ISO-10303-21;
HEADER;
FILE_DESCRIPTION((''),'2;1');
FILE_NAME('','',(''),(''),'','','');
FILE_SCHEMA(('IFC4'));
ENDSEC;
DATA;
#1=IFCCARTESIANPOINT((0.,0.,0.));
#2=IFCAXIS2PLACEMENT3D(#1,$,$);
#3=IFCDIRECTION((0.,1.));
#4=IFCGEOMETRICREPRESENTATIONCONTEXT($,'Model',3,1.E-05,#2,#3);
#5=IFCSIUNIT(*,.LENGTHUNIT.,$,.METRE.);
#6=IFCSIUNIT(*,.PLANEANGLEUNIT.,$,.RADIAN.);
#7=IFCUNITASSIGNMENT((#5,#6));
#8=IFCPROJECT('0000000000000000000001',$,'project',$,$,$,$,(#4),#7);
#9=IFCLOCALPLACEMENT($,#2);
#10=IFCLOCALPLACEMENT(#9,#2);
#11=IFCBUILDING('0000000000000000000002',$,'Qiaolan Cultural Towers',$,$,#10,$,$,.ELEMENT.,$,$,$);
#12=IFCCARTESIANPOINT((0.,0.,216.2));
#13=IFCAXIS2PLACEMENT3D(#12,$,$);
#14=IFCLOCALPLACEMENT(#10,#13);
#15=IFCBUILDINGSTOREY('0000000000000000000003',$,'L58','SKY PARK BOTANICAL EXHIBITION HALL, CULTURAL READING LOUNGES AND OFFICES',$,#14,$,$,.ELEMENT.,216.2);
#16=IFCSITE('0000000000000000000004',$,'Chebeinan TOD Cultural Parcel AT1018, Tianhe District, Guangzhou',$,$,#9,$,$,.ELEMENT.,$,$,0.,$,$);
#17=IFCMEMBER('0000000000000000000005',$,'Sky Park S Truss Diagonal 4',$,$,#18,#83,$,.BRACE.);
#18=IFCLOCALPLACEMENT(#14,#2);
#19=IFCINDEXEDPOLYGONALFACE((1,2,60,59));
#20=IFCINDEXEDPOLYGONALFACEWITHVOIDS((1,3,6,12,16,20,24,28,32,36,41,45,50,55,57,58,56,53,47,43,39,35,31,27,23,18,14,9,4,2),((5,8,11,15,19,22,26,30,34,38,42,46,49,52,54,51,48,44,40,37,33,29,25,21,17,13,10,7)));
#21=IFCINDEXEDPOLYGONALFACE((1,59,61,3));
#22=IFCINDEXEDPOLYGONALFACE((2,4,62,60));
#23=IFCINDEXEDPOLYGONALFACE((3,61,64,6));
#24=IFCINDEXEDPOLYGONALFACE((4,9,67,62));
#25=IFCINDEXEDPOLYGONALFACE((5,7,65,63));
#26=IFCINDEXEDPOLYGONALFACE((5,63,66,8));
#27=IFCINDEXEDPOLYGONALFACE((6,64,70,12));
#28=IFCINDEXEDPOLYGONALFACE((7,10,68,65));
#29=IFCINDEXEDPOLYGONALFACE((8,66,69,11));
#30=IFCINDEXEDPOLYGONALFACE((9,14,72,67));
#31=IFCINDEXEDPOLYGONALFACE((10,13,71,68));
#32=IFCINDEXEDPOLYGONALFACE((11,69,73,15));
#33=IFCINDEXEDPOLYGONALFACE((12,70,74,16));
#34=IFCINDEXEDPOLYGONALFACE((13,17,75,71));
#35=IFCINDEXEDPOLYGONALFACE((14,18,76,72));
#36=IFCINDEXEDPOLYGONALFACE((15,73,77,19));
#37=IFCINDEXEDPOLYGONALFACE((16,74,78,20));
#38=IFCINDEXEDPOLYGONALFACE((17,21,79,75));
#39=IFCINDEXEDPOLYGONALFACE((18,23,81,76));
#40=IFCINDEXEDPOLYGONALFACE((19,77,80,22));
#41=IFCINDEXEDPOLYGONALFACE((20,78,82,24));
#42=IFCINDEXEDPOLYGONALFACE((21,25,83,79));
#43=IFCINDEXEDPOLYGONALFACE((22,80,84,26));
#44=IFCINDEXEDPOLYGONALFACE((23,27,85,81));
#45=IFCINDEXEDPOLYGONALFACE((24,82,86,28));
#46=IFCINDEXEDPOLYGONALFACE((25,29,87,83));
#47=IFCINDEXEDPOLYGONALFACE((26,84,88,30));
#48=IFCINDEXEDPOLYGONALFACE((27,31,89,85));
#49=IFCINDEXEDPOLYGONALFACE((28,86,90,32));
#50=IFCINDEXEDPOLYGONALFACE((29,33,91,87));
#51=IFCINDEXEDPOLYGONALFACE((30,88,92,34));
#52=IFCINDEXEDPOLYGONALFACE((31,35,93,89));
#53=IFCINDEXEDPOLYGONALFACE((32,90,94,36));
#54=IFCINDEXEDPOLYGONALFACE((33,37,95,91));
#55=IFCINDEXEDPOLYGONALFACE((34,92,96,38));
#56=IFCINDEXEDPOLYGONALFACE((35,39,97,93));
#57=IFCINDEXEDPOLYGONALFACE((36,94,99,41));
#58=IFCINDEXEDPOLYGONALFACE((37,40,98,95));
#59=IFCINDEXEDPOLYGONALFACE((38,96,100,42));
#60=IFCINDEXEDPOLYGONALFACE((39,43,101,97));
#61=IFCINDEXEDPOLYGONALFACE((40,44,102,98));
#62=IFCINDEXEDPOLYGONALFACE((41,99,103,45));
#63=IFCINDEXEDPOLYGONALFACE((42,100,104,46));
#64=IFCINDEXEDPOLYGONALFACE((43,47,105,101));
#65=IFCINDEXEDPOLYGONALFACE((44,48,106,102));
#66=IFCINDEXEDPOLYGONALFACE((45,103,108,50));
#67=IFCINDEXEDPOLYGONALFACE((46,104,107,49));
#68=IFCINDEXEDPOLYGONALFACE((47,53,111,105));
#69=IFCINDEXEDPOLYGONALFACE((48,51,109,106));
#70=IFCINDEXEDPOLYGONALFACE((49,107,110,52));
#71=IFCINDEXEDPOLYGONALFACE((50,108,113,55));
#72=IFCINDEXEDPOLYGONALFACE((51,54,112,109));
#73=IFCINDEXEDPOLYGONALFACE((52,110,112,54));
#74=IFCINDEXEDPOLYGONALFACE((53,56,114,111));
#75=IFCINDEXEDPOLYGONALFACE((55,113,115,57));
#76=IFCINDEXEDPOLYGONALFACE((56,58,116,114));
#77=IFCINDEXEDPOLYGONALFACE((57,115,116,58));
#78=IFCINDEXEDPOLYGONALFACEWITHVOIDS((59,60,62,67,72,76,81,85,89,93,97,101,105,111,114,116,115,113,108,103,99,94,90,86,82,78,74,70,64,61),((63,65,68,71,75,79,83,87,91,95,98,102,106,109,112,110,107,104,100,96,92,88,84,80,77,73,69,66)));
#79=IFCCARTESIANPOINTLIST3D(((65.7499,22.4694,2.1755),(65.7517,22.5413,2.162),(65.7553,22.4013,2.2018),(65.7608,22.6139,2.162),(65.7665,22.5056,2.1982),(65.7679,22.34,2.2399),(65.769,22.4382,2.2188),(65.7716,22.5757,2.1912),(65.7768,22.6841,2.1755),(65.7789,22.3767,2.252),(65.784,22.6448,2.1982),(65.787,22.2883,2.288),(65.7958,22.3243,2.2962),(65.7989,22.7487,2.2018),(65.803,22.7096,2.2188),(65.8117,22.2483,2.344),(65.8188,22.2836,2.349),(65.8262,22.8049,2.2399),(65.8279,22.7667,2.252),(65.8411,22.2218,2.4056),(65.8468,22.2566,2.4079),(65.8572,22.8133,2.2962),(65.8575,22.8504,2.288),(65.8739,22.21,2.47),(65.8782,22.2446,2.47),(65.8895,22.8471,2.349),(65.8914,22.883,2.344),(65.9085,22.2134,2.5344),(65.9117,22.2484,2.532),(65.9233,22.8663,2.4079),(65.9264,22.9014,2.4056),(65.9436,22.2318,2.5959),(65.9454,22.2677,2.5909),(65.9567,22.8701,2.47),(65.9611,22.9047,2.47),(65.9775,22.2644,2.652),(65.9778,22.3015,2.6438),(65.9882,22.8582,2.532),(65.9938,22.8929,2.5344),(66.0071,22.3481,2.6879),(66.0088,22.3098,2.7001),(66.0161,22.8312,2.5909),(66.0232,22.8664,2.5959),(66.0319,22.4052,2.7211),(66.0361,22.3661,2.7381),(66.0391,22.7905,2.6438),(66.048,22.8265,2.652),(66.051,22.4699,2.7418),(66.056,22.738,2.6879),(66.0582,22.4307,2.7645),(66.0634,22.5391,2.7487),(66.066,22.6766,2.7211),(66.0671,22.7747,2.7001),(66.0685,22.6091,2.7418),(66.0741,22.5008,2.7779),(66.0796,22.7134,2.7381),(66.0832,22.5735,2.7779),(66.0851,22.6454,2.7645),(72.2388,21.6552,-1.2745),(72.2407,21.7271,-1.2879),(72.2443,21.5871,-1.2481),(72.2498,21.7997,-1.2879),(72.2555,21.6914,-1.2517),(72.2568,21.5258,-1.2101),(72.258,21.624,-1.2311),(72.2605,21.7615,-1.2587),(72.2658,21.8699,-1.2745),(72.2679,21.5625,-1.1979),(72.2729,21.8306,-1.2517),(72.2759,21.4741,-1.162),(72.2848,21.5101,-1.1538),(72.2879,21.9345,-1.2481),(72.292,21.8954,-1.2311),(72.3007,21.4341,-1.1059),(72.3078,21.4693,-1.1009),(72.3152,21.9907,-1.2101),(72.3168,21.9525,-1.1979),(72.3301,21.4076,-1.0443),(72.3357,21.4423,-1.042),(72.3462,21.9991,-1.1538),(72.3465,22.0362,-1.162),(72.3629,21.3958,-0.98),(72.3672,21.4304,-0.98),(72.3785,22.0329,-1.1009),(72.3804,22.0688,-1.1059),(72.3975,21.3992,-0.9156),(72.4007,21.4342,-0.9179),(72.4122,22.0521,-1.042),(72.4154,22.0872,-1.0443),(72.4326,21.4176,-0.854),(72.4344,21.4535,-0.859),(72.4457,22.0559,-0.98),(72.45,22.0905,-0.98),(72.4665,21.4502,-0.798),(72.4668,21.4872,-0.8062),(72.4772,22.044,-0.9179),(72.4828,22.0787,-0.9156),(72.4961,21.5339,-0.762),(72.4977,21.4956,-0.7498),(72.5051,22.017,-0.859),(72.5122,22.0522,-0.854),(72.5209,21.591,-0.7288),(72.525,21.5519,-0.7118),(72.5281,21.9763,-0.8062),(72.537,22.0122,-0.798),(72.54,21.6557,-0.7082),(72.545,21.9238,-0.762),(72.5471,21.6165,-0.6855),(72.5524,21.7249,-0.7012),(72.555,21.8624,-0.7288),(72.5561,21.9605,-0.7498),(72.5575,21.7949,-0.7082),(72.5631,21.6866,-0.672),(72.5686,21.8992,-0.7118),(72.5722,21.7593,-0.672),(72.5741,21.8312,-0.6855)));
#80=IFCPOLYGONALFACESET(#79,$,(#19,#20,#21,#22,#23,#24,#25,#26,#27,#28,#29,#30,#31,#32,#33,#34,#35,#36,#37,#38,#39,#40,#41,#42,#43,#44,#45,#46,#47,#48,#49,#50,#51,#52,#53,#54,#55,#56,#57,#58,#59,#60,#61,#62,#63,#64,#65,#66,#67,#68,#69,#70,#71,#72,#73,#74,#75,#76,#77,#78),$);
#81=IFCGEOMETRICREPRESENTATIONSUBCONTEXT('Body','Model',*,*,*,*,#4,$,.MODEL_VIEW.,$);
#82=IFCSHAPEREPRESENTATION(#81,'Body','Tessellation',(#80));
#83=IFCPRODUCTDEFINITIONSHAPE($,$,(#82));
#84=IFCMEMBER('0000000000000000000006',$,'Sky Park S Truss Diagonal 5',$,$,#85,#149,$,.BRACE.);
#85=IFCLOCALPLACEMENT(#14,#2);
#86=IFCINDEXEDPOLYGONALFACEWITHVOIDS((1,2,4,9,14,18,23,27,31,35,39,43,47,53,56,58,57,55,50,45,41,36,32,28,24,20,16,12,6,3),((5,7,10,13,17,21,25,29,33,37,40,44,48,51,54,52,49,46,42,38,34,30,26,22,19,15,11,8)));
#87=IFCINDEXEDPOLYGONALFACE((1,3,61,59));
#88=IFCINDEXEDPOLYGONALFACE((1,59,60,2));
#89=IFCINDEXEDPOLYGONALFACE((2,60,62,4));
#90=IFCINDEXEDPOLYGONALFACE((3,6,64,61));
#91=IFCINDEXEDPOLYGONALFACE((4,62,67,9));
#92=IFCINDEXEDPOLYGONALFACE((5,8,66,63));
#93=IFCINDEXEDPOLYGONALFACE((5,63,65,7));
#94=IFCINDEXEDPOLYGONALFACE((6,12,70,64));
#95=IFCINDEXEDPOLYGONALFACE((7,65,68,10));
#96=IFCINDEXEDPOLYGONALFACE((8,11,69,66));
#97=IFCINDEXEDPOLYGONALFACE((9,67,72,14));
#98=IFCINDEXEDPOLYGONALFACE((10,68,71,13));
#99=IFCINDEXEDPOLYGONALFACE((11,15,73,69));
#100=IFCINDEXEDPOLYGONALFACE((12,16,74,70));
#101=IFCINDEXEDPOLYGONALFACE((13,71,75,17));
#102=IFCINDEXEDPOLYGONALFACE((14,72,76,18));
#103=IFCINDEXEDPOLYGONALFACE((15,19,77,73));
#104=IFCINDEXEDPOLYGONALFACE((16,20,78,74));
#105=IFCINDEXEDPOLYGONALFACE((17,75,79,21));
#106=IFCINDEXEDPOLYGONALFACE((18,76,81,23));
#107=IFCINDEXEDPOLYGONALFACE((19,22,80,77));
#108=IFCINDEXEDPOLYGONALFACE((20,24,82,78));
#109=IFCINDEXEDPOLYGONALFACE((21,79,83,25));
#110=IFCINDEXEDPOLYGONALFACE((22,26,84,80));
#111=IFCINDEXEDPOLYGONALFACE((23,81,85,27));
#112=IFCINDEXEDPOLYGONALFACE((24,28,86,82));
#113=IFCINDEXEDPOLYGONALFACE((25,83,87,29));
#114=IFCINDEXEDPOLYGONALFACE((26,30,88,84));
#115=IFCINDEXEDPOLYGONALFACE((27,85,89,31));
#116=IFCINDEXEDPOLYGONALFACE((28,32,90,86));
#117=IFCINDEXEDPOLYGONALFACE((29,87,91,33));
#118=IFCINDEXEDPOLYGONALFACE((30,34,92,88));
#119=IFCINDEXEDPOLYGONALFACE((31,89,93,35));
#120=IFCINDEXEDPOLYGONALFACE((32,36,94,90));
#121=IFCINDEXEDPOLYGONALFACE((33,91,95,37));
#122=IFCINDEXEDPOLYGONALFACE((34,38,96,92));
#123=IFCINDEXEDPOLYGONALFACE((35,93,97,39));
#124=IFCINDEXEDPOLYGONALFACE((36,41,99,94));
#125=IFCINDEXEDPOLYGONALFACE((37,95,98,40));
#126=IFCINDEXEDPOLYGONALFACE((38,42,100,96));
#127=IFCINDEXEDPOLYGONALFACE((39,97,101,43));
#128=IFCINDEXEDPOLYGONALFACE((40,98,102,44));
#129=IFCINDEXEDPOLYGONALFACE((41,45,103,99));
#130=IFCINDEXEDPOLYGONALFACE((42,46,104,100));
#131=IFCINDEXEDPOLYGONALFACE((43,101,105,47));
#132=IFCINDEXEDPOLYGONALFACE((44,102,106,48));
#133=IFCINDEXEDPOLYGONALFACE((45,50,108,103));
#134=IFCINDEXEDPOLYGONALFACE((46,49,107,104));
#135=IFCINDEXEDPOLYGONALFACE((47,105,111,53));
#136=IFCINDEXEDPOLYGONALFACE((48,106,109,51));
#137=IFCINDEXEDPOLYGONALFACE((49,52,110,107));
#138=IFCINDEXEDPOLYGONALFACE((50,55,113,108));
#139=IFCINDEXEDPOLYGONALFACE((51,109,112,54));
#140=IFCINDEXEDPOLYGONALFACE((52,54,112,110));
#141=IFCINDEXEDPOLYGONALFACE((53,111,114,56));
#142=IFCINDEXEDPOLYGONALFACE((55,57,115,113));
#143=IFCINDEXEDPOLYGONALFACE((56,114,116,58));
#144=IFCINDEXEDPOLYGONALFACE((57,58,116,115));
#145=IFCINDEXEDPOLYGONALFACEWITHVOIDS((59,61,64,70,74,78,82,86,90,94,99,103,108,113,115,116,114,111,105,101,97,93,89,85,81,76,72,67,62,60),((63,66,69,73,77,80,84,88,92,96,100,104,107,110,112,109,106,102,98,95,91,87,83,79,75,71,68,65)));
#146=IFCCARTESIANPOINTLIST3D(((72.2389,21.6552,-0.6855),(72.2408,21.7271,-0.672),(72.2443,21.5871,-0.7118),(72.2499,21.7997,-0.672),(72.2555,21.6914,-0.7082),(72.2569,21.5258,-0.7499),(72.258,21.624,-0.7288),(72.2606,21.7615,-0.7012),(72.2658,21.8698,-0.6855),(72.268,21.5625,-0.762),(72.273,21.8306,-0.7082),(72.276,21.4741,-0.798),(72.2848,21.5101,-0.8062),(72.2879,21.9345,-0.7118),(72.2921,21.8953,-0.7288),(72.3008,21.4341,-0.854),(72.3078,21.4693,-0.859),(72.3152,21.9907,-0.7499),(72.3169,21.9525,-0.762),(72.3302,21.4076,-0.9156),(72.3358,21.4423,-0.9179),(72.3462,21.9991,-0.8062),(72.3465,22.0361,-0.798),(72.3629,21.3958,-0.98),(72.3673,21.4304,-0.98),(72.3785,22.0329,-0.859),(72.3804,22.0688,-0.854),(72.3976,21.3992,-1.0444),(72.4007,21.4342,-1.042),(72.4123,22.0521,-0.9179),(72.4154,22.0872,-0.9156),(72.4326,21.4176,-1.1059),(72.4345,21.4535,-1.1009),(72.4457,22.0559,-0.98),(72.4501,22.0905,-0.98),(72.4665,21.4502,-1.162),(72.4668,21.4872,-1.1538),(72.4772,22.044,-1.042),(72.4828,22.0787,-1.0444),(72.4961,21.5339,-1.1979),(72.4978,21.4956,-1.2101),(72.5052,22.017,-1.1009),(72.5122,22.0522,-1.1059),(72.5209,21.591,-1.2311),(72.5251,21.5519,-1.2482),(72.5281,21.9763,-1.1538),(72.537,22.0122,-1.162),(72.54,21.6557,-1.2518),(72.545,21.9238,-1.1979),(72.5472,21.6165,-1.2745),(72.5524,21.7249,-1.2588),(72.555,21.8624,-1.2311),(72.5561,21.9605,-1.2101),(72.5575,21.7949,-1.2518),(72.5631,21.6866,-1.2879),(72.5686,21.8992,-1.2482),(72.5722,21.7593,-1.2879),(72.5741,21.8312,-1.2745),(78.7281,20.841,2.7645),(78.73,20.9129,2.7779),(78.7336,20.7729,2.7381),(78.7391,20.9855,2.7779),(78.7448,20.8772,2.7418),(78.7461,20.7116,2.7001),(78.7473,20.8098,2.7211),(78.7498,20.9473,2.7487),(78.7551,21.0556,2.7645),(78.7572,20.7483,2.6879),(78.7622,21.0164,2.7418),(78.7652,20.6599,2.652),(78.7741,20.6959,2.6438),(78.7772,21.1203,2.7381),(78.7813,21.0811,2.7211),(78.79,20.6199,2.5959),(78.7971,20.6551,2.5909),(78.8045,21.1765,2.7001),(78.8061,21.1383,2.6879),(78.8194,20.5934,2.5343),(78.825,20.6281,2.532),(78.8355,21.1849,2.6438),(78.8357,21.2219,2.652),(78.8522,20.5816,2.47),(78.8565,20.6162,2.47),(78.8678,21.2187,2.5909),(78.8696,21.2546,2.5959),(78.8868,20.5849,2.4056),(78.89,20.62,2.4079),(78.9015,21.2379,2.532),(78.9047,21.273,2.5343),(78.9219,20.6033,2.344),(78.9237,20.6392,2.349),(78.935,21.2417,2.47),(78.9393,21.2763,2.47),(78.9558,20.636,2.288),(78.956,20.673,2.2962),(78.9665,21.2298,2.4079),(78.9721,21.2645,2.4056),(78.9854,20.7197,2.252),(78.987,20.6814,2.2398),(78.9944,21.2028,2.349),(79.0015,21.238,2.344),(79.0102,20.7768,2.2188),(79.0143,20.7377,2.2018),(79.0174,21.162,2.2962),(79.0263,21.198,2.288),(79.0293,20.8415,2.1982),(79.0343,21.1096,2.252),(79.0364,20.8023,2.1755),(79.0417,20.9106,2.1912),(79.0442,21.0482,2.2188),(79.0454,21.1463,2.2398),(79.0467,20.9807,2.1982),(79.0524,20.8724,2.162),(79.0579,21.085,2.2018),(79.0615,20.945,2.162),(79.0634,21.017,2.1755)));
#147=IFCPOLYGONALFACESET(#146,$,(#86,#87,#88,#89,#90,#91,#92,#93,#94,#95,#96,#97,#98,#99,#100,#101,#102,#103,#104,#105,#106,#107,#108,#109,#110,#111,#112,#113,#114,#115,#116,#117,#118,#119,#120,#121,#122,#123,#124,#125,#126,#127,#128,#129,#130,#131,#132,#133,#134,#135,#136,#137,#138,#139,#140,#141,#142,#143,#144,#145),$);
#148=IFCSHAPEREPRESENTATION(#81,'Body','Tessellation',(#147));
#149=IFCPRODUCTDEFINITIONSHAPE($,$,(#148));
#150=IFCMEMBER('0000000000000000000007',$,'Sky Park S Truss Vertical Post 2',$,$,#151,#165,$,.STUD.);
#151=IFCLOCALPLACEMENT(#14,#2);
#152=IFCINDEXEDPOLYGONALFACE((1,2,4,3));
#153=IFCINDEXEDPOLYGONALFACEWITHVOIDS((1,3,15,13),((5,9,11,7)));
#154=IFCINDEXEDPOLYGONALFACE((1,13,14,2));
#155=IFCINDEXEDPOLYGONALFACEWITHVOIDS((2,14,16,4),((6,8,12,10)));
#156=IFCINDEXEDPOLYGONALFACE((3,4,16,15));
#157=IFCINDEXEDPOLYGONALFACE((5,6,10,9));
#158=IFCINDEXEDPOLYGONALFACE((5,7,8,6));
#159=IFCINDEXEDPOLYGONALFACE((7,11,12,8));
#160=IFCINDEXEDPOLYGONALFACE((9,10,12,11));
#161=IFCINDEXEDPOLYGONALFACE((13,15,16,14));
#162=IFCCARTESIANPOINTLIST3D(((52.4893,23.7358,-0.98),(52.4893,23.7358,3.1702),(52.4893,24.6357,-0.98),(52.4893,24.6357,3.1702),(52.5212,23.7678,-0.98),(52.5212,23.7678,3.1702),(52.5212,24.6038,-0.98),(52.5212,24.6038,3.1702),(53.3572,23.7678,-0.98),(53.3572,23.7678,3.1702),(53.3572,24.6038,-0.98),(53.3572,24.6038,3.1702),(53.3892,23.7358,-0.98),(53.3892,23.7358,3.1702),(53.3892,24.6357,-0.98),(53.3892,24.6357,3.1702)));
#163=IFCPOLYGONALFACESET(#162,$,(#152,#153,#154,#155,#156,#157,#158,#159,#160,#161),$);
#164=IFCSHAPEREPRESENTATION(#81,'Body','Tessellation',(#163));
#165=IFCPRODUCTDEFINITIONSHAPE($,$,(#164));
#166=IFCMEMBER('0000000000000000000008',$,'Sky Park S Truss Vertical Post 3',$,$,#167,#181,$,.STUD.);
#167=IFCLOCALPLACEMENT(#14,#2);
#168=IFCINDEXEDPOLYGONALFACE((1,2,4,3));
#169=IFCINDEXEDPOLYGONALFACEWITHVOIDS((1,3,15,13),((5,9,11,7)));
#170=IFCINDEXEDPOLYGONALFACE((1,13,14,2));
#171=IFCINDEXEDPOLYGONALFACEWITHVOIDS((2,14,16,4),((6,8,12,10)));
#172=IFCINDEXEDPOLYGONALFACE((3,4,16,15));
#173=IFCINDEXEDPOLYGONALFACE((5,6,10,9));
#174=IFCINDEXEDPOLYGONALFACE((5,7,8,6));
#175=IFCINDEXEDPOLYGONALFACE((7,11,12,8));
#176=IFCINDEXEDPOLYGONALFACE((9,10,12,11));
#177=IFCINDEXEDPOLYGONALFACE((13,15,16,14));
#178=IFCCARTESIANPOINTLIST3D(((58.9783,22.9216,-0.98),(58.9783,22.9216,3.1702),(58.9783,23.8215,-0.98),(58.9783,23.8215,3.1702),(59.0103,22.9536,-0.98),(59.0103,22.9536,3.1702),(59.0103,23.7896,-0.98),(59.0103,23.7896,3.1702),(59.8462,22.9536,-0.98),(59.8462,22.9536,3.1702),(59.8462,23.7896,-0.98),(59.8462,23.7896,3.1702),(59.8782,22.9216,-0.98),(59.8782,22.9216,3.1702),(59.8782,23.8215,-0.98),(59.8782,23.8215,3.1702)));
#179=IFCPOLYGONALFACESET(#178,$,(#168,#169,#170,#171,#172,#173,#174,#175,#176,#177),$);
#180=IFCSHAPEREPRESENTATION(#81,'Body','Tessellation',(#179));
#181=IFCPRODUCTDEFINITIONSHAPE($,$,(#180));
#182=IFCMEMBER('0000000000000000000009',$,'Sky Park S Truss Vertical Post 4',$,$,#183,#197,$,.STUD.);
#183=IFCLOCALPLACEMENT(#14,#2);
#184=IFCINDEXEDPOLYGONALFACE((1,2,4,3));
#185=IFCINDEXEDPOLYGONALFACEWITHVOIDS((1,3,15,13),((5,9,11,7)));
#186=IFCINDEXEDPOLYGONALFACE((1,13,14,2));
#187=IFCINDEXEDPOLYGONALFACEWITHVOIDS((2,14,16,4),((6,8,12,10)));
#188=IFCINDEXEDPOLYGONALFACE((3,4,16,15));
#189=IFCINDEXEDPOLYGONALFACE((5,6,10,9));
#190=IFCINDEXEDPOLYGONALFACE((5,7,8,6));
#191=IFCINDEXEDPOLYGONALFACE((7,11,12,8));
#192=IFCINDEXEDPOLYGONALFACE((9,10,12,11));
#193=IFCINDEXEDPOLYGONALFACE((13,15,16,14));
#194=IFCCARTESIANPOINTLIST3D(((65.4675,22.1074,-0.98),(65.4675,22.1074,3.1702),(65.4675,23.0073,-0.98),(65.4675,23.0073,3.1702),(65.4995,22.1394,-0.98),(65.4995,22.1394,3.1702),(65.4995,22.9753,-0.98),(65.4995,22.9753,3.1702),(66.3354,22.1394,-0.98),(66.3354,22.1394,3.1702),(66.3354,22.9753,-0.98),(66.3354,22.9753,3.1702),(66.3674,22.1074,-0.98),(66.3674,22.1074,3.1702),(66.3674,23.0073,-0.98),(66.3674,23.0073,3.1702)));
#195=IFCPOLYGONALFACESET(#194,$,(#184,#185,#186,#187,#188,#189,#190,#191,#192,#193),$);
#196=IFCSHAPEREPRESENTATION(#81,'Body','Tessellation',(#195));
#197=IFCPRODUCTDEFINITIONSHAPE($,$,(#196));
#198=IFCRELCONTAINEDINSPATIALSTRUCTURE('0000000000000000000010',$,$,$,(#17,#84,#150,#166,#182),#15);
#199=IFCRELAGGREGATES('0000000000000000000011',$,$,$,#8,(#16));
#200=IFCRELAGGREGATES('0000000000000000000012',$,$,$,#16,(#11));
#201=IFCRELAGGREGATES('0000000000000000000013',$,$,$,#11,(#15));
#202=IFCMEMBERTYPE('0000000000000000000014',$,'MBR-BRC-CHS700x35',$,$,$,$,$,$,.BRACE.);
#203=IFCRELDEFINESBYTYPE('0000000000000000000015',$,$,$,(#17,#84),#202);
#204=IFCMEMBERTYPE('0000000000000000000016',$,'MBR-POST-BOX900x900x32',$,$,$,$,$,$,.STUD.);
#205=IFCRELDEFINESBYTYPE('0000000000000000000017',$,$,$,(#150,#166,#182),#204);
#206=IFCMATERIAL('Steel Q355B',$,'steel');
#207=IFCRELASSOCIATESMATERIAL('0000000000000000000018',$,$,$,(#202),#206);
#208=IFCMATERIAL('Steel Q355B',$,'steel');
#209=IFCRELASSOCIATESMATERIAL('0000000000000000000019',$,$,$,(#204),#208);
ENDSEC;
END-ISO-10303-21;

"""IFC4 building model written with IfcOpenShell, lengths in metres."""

from ifc_helpers import new_model, si_unit, direction, frame, origin, origin_2d, place, context, subcontext, project, spatial, hollow_rectangle, hollow_circle, extrude, material, material_profile, profile_set, type_object, element, save


model = new_model("IFC4")

# Units and contexts
model_context = context("Model", 3, precision=1e-05, world=origin(), true_north=direction((0.0, 1.0)))
body_context = subcontext(model_context, "Body", "Model", "MODEL_VIEW")
ifc_project = project(units=[si_unit("LENGTHUNIT", "METRE"), si_unit("PLANEANGLEUNIT", "RADIAN")], contexts=[model_context])

# Site, building, storey
site_placement = place(None, origin())
site = spatial("IfcSite", under=ifc_project, at=site_placement, Name="Chebeinan TOD Cultural Parcel AT1018, Tianhe District, Guangzhou", CompositionType="ELEMENT", RefElevation=0.0)
building_placement = place(site_placement, origin())
building = spatial("IfcBuilding", under=site, at=building_placement, Name="Qiaolan Cultural Towers", CompositionType="ELEMENT")
storey_placement = place(building_placement, frame((0.0, 0.0, 216.2)))
storey = spatial("IfcBuildingStorey", under=building, at=storey_placement, Name="L58", Description="SKY PARK BOTANICAL EXHIBITION HALL, CULTURAL READING LOUNGES AND OFFICES", CompositionType="ELEMENT", Elevation=216.2)

# Members
ifc_material_1 = material(Name="Steel Q355B", Category="steel")
ifc_material_profile_1 = material_profile(ifc_material_1, hollow_circle(Radius=0.3501, WallThickness=0.0349, at=origin_2d()), Name="CHS700x35")
ifc_profile_set_1 = profile_set([ifc_material_profile_1], Name="Steel Q355B")
member_type_1 = type_object("IfcMemberType", Name="MBR-BRC-CHS700x35", PredefinedType="BRACE", material=ifc_profile_set_1)
member_1_placement = place(storey_placement, frame((65.9175, 22.5574, 2.47), z_axis=(0.877596, -0.110116, -0.466583), x_axis=(0.124499, 0.99222, 0.0)))
element("IfcMember", 1, at=member_1_placement, inside=storey, type_object=member_type_1, Name="Sky Park S Truss Diagonal 4", PredefinedType="BRACE", context=body_context, shape_type="SweptSolid", body=[
    extrude(hollow_circle(Radius=0.3501, WallThickness=0.0349, at=origin_2d()), origin(), (0.0, 0.0, 1.0), 7.394),
])
member_2_placement = place(storey_placement, frame((72.4065, 21.7432, -0.98), z_axis=(0.877604, -0.110113, 0.466569), x_axis=(0.124494, 0.99222, 0.0)))
element("IfcMember", 2, at=member_2_placement, inside=storey, type_object=member_type_1, Name="Sky Park S Truss Diagonal 5", PredefinedType="BRACE", context=body_context, shape_type="SweptSolid", body=[
    extrude(hollow_circle(Radius=0.3501, WallThickness=0.0349, at=origin_2d()), origin(), (0.0, 0.0, 1.0), 7.3943),
])
ifc_material_2 = material(Name="Steel Q355B", Category="steel")
ifc_material_profile_2 = material_profile(ifc_material_2, hollow_rectangle(XDim=0.8999, YDim=0.8999, WallThickness=0.032, at=origin_2d()), Name="BOX900x900x32")
ifc_profile_set_2 = profile_set([ifc_material_profile_2], Name="Steel Q355B")
member_type_2 = type_object("IfcMemberType", Name="MBR-POST-BOX900x900x32", PredefinedType="STUD", material=ifc_profile_set_2)
for number, where, z_axis, x_axis, name in (
    (3, (52.9392, 24.1858, -0.98), (0.0, 0.0, 1.0), (1.0, 0.0, 0.0), "Sky Park S Truss Vertical Post 2"),
    (4, (59.4282, 23.3716, -0.98), (0.0, 0.0, 1.0), (1.0, 0.0, 0.0), "Sky Park S Truss Vertical Post 3"),
    (5, (65.9175, 22.5574, -0.98), (0.0, 0.0, 1.0), (1.0, 0.0, 0.0), "Sky Park S Truss Vertical Post 4"),
):
    element("IfcMember", number, at=place(storey_placement, frame(where, z_axis=z_axis, x_axis=x_axis)), inside=storey, type_object=member_type_2, Name=name, PredefinedType="STUD", context=body_context, shape_type="SweptSolid", body=[
        extrude(hollow_rectangle(XDim=0.8999, YDim=0.8999, WallThickness=0.032, at=origin_2d()), origin(), (0.0, 0.0, 1.0), 4.1501),
    ])

save(model, "model.ifc")
